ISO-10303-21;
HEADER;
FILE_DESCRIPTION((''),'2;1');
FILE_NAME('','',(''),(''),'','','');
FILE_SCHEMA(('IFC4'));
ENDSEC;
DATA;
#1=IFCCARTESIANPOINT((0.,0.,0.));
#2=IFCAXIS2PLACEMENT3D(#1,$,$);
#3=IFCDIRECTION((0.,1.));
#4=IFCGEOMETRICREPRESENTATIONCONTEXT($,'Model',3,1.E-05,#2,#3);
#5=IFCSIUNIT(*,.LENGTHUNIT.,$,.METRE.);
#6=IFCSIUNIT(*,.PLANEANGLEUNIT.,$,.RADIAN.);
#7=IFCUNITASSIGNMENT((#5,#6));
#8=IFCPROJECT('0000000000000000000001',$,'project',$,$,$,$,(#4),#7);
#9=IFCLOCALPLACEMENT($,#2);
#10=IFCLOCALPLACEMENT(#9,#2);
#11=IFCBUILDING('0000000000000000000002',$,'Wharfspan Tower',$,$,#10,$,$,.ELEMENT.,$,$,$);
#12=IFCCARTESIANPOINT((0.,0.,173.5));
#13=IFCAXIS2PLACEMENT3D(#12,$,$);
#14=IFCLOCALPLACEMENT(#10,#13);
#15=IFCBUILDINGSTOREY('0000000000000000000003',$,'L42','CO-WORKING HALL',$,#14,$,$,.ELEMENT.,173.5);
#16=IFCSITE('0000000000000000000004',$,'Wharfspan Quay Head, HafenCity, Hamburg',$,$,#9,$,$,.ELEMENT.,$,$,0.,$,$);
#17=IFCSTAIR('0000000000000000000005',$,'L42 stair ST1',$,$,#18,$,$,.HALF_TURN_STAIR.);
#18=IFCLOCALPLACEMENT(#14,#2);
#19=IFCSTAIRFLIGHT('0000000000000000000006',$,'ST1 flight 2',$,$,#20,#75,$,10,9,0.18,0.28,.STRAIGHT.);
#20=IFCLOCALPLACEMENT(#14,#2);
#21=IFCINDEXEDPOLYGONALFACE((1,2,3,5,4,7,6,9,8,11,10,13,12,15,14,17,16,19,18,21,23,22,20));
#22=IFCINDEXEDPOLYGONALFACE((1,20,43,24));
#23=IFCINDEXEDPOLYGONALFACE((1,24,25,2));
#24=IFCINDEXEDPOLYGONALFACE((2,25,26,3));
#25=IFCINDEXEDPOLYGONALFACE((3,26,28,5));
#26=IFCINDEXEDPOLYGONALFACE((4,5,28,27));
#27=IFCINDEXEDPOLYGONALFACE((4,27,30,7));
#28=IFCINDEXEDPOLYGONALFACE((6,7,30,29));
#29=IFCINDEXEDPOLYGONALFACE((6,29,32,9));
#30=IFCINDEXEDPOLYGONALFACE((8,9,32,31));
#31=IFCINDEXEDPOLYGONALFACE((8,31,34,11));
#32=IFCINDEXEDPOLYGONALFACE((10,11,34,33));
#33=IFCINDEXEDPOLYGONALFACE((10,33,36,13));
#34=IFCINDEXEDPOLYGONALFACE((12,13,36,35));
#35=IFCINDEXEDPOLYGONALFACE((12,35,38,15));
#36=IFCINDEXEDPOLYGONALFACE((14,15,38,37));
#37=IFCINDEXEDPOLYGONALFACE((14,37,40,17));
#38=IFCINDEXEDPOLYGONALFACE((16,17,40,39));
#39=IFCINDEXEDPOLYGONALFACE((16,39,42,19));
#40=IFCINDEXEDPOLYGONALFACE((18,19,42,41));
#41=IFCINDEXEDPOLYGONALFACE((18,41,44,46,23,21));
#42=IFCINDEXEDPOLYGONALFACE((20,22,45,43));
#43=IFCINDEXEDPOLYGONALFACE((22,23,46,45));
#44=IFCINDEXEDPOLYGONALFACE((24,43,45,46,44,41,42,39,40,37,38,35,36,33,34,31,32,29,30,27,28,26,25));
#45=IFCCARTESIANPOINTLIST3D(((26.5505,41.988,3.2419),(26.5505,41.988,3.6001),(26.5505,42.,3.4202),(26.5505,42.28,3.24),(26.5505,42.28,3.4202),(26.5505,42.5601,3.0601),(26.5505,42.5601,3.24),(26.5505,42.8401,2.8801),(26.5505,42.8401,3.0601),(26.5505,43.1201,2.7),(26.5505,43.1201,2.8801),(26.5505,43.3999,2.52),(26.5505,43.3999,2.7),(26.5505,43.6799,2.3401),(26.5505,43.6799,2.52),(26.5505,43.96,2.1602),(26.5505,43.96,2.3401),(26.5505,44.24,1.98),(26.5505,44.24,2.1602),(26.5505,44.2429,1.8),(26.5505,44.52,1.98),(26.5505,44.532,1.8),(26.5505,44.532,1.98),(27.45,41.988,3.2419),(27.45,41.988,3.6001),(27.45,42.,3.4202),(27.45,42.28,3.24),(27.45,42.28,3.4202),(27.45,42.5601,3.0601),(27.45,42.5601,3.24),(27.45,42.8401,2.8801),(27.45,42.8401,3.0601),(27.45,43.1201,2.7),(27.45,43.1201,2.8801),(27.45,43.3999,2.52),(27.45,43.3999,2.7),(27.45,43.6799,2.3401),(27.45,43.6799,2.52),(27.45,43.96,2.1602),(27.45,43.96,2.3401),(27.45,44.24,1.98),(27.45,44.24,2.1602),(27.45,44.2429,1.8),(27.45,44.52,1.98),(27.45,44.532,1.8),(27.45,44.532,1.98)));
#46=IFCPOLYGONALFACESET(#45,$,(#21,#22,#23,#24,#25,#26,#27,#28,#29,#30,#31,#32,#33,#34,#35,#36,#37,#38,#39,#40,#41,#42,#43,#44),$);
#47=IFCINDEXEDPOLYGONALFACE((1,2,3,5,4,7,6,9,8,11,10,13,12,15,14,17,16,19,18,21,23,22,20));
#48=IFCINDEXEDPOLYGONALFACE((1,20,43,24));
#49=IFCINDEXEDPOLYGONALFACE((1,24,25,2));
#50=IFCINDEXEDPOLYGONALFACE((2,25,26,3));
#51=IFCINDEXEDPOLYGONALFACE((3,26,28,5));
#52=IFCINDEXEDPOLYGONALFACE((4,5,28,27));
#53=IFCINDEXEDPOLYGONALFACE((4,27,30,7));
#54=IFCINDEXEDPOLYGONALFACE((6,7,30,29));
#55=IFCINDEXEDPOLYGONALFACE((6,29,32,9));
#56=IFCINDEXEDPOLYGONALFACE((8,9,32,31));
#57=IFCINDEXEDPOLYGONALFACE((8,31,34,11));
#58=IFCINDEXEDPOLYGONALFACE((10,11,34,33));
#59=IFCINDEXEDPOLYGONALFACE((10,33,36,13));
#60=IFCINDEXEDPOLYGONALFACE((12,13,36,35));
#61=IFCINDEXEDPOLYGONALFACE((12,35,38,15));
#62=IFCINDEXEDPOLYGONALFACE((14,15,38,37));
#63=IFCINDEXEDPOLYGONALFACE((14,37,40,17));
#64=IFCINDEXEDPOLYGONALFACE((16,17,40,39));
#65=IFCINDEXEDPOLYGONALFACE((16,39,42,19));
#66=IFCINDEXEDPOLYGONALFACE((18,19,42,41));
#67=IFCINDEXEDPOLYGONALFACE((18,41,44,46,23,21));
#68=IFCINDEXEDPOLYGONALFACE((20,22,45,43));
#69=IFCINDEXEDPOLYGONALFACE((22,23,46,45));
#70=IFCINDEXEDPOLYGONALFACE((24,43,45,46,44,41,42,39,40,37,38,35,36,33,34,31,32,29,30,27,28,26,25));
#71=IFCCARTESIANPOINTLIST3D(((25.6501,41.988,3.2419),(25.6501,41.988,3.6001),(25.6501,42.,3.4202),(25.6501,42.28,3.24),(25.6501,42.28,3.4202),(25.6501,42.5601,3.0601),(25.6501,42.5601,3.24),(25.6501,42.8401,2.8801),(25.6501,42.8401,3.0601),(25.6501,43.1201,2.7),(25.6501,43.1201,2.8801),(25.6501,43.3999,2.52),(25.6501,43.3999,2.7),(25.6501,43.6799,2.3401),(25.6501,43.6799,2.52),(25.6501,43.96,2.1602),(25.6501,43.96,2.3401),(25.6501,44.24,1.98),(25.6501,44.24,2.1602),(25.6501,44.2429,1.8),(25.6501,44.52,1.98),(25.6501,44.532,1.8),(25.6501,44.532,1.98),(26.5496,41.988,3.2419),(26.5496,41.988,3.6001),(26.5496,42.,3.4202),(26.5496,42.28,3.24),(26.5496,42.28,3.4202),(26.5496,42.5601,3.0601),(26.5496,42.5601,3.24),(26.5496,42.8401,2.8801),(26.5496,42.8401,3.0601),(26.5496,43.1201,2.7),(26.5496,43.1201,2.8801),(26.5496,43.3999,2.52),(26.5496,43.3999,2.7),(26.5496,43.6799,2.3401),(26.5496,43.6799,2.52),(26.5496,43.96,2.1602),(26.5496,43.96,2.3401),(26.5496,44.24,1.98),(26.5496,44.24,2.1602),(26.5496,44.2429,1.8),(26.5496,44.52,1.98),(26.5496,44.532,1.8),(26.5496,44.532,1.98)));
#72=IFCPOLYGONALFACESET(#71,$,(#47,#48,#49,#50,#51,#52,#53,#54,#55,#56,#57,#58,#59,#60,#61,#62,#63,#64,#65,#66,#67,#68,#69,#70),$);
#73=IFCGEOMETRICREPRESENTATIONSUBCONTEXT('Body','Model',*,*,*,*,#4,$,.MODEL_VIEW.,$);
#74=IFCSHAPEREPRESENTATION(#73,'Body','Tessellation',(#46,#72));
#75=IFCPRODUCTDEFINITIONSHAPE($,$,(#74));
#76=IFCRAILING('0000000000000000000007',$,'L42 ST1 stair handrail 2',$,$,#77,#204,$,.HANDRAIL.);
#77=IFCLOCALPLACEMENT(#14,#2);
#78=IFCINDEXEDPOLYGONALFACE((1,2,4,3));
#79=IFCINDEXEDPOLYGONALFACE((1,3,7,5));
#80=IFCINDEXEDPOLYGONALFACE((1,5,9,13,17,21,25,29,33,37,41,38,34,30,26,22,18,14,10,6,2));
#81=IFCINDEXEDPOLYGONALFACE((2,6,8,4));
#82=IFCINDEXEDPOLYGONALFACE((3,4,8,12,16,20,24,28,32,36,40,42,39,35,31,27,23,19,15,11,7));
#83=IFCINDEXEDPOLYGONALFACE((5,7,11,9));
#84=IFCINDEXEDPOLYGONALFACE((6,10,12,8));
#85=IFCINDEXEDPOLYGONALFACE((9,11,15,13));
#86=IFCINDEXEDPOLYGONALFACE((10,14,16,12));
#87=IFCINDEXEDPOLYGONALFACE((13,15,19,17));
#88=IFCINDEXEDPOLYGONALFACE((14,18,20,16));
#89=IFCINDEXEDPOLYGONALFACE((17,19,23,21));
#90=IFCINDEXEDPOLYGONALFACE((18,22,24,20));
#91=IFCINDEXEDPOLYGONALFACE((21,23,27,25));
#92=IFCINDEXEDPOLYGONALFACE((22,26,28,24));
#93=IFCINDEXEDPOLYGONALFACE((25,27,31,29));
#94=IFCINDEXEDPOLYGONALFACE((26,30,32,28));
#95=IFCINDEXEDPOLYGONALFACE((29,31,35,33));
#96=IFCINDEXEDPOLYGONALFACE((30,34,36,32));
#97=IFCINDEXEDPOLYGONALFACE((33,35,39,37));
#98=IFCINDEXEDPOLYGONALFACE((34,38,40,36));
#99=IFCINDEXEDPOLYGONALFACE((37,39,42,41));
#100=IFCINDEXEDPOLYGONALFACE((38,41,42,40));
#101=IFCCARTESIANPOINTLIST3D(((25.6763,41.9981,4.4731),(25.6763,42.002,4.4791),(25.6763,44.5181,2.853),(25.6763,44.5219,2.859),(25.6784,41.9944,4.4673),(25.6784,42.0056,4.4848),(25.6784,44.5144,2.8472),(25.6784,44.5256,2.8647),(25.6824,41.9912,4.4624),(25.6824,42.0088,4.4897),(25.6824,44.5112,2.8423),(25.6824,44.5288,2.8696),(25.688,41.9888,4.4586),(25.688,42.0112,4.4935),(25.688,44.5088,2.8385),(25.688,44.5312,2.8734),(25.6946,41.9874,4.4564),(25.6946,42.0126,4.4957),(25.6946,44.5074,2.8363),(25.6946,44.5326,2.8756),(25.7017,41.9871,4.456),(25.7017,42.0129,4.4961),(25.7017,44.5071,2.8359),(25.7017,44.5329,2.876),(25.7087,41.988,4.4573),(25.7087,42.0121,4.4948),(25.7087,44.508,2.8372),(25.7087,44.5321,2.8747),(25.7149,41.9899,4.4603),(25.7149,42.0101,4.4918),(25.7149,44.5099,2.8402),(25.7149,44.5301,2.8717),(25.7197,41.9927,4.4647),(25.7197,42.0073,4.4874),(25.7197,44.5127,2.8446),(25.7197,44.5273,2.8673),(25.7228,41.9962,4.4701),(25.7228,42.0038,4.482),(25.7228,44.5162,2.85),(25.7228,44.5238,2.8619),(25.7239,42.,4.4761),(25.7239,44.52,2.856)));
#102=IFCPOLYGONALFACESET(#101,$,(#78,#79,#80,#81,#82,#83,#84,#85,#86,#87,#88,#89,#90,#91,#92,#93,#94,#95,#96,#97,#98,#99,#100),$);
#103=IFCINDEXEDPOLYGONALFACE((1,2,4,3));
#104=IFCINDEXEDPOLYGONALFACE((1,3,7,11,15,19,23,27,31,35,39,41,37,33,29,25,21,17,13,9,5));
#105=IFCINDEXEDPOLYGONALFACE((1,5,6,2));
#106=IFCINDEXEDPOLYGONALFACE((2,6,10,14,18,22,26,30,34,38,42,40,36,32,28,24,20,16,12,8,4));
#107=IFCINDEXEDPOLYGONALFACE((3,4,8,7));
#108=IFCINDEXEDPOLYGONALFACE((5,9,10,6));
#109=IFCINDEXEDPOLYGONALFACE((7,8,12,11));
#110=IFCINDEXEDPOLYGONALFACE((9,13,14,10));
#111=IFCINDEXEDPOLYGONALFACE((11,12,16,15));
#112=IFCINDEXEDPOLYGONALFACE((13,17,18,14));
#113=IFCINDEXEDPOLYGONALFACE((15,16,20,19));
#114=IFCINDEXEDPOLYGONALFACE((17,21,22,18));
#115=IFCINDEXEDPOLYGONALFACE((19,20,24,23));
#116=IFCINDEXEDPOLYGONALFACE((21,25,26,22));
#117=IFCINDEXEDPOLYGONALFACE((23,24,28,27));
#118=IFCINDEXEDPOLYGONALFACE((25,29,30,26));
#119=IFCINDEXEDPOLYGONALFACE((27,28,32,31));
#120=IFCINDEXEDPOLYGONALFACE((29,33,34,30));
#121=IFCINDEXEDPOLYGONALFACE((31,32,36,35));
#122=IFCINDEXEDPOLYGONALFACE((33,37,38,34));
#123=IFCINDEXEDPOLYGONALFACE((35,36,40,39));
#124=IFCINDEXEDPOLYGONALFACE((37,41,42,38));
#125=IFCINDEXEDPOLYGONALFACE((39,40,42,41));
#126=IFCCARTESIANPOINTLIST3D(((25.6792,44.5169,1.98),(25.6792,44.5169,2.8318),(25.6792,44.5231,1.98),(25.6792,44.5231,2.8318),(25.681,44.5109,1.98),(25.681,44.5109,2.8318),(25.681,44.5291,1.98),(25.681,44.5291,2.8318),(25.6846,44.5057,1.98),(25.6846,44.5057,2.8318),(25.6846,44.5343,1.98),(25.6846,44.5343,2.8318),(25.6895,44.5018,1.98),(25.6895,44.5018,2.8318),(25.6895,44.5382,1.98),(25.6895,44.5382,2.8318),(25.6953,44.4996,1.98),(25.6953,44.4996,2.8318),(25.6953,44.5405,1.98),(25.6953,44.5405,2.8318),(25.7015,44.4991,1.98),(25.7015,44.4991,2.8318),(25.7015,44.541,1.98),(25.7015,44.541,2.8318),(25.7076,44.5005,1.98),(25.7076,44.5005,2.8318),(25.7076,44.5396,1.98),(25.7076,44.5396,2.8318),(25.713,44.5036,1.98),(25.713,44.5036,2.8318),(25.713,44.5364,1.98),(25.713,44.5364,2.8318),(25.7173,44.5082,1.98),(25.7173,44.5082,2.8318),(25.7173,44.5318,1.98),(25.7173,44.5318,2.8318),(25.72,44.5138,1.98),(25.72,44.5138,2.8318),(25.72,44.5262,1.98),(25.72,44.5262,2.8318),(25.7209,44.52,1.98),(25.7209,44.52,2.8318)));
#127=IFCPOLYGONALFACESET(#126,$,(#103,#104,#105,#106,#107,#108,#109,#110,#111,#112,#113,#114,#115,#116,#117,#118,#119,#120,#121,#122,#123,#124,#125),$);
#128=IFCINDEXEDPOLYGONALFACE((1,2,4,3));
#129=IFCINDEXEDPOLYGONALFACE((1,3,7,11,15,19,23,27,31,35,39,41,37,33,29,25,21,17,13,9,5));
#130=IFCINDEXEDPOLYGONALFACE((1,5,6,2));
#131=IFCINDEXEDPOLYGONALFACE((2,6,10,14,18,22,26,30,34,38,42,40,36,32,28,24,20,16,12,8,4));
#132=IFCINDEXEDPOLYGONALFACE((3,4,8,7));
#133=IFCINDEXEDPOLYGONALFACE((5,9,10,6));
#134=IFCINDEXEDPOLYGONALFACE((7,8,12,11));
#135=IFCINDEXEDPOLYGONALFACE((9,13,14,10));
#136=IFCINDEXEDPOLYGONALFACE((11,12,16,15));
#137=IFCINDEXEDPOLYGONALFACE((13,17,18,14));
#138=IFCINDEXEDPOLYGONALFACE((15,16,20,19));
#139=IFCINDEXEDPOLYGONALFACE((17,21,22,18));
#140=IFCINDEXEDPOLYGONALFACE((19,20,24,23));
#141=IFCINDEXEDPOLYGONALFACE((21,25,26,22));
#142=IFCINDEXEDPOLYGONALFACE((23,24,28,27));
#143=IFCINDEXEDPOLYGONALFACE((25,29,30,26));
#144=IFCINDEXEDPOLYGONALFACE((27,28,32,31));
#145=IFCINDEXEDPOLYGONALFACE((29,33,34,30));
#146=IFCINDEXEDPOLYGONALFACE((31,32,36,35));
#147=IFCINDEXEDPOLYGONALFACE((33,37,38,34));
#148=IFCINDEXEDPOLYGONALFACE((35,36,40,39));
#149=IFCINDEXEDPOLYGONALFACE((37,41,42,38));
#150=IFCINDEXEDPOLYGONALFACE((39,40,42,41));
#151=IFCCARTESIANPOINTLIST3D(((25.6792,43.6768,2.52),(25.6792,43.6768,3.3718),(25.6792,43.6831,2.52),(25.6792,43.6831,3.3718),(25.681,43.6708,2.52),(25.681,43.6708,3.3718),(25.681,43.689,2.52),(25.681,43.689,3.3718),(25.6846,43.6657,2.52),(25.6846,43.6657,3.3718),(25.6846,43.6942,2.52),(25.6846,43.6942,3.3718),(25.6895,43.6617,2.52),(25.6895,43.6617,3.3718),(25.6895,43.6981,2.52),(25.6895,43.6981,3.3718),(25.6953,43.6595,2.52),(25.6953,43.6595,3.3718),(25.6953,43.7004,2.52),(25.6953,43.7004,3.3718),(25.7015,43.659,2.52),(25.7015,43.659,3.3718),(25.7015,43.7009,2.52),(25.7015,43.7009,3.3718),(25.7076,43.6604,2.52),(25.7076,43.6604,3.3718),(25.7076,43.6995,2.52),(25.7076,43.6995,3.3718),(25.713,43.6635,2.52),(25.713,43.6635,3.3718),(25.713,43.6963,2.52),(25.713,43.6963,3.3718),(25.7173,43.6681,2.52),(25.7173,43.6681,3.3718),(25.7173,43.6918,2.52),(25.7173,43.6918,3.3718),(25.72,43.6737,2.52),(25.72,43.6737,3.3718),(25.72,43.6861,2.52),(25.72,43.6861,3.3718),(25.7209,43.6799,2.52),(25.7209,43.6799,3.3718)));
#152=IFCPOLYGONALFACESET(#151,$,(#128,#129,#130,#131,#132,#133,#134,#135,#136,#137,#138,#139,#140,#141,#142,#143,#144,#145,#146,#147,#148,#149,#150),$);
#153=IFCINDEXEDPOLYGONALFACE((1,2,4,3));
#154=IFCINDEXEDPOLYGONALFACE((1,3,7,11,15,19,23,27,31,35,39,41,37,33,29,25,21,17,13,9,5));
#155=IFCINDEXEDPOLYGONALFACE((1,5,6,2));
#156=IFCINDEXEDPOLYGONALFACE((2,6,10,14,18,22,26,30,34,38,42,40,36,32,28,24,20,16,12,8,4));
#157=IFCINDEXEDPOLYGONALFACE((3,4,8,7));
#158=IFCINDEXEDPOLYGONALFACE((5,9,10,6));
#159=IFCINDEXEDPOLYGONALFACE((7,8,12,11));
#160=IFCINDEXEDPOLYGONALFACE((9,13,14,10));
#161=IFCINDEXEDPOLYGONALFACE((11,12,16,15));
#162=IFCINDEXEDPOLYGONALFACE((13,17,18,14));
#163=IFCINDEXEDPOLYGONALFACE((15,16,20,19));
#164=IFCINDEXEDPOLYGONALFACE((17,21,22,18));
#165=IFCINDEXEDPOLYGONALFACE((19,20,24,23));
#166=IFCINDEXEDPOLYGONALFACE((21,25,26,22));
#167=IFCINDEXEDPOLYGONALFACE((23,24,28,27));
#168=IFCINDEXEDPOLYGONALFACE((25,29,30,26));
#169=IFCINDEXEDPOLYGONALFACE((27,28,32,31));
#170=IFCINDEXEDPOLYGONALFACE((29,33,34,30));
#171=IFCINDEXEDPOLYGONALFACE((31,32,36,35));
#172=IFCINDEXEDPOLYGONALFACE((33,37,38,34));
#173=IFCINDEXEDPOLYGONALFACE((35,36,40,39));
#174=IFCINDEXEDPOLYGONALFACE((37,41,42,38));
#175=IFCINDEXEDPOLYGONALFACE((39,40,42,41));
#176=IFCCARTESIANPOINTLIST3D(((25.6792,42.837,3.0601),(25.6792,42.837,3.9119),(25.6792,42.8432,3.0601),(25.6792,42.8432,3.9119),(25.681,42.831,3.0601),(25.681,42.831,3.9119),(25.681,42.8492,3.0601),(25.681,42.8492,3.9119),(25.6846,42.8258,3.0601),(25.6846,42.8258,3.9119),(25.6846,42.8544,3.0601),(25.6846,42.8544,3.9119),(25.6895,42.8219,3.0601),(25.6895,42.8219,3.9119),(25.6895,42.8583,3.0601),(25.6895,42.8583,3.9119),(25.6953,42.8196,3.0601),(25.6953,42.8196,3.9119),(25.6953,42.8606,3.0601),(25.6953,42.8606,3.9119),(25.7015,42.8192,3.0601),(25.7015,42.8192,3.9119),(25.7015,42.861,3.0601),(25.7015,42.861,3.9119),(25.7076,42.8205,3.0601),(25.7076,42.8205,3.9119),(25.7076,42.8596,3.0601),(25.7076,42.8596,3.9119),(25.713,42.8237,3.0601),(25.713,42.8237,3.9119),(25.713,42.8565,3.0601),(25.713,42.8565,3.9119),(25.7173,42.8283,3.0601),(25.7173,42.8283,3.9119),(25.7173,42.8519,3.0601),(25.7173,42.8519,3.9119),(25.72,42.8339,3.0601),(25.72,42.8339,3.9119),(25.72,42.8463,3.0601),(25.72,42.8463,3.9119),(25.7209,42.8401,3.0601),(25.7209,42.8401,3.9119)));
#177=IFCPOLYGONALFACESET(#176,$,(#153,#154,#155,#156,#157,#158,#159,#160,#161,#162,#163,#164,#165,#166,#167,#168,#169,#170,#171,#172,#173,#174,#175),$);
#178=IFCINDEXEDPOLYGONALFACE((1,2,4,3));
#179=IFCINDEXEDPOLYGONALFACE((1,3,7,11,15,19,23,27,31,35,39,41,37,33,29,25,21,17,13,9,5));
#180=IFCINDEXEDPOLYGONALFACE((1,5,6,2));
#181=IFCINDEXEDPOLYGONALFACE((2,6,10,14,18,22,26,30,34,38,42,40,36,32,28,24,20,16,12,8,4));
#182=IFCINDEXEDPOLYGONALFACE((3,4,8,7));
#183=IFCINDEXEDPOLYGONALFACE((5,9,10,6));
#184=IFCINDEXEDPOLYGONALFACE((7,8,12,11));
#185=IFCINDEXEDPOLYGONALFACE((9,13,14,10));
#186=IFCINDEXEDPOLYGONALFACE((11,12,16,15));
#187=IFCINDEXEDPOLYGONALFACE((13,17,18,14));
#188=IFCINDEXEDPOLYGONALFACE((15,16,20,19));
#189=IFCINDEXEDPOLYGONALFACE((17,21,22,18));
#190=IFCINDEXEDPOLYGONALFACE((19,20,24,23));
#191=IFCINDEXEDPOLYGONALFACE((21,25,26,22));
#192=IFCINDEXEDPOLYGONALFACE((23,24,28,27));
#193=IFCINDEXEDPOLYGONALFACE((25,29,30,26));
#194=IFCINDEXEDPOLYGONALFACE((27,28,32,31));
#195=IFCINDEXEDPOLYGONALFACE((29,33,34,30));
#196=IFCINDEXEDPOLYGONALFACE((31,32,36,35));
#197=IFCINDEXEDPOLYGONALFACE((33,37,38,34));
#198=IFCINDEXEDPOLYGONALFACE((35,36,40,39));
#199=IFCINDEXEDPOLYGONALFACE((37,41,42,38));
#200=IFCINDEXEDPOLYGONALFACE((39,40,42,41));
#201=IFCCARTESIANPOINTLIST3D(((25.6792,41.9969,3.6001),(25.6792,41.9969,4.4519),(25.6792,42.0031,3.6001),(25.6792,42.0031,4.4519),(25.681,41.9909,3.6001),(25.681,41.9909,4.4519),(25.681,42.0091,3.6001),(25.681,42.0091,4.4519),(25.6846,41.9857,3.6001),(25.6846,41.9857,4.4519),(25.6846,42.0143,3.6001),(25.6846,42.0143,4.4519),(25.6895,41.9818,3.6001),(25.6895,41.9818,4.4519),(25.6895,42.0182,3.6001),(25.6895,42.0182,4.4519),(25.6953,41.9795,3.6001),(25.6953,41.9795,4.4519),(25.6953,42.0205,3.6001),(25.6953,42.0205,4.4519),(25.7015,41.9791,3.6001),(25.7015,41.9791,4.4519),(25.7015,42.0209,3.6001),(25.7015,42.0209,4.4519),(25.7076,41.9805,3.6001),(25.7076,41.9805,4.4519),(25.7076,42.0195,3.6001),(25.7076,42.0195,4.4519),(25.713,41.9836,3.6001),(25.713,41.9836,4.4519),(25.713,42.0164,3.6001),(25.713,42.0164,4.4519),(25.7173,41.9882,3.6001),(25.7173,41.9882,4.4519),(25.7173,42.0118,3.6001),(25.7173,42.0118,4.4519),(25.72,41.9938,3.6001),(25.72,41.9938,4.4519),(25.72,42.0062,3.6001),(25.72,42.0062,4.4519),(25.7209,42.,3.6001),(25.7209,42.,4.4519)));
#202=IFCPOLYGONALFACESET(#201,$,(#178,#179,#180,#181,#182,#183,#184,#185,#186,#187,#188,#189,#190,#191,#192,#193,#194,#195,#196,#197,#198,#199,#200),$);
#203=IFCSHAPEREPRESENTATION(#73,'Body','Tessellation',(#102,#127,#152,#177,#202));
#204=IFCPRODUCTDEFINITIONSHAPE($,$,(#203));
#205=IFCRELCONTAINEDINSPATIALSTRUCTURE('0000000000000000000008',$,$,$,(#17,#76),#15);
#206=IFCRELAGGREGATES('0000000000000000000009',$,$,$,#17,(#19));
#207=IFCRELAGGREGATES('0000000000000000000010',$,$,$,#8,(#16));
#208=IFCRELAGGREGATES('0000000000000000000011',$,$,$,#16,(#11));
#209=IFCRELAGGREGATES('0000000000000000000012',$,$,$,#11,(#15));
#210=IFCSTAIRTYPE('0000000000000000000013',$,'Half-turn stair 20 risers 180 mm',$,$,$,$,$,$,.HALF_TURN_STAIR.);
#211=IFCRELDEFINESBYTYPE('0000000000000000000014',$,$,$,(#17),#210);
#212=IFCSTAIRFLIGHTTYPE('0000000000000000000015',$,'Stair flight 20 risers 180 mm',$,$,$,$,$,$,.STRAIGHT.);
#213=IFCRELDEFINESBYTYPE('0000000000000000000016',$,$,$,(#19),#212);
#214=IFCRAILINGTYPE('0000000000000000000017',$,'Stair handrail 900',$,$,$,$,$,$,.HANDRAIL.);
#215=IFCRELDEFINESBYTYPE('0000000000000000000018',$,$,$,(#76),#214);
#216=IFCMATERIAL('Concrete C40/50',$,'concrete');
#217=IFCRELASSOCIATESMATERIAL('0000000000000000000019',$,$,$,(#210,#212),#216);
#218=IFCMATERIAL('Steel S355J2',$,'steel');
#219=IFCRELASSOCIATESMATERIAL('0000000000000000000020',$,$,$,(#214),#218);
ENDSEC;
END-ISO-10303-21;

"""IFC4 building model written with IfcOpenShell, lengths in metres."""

from ifc_helpers import new_model, si_unit, direction, frame, origin, origin_2d, place, context, subcontext, project, spatial, polyline, circle, outline, extrude, material, type_object, element, aggregate, save


model = new_model("IFC4")

# Units and contexts
model_context = context("Model", 3, precision=1e-05, world=origin(), true_north=direction((0.0, 1.0)))
body_context = subcontext(model_context, "Body", "Model", "MODEL_VIEW")
ifc_project = project(units=[si_unit("LENGTHUNIT", "METRE"), si_unit("PLANEANGLEUNIT", "RADIAN")], contexts=[model_context])

# Site, building, storey
site_placement = place(None, origin())
site = spatial("IfcSite", under=ifc_project, at=site_placement, Name="Wharfspan Quay Head, HafenCity, Hamburg", CompositionType="ELEMENT", RefElevation=0.0)
building_placement = place(site_placement, origin())
building = spatial("IfcBuilding", under=site, at=building_placement, Name="Wharfspan Tower", CompositionType="ELEMENT")
storey_placement = place(building_placement, frame((0.0, 0.0, 173.5)))
storey = spatial("IfcBuildingStorey", under=building, at=storey_placement, Name="L42", Description="CO-WORKING HALL", CompositionType="ELEMENT", Elevation=173.5)

# Shared definitions
ifc_material_1 = material(Name="Steel S355J2", Category="steel")

# Shared definitions
ifc_material_2 = material(Name="Concrete C40/50", Category="concrete")

# Stair, stair flight
stair_type = type_object("IfcStairType", Name="Half-turn stair 20 risers 180 mm", PredefinedType="HALF_TURN_STAIR", material=ifc_material_2)
stair_placement = place(storey_placement, origin())
stair = element("IfcStair", 1, at=stair_placement, inside=storey, type_object=stair_type, Name="L42 stair ST1", PredefinedType="HALF_TURN_STAIR")
stair_flight_type = type_object("IfcStairFlightType", Name="Stair flight 20 risers 180 mm", PredefinedType="STRAIGHT", material=ifc_material_2)
stair_flight_placement = place(storey_placement, frame((26.55, 44.52, 1.8), z_axis=(0.0, 0.0, 1.0), x_axis=(0.0, -1.0, 0.0)))
stair_flight = element("IfcStairFlight", 2, at=stair_flight_placement, type_object=stair_flight_type, Name="ST1 flight 2", NumberOfRisers=10, NumberOfTreads=9, PredefinedType="STRAIGHT", RiserHeight=0.18, TreadLength=0.28, context=body_context, shape_type="SweptSolid", body=[
    extrude(outline(polyline([(-0.012, 0.0), (-0.012, 0.1799), (0.0, 0.1799), (0.28, 0.1799), (0.28, 0.3601), (0.5601, 0.3601), (0.5601, 0.54), (0.8401, 0.54), (0.8401, 0.72), (1.1201, 0.72), (1.1201, 0.8999), (1.3999, 0.8999), (1.3999, 1.0801), (1.6799, 1.0801), (1.6799, 1.26), (1.96, 1.26), (1.96, 1.4399), (2.24, 1.4399), (2.24, 1.6201), (2.52, 1.6201), (2.532, 1.8), (2.532, 1.4419), (0.2771, 0.0), (-0.012, 0.0)])), frame((0.0, 0.8999, 0.0), z_axis=(0.0, -1.0, 0.0), x_axis=(1.0, 0.0, 0.0)), (0.0, 0.0, 1.0), 0.8994),
    extrude(outline(polyline([(-0.012, 0.0), (-0.012, 0.1799), (0.0, 0.1799), (0.28, 0.1799), (0.28, 0.3601), (0.5601, 0.3601), (0.5601, 0.54), (0.8401, 0.54), (0.8401, 0.72), (1.1201, 0.72), (1.1201, 0.8999), (1.3999, 0.8999), (1.3999, 1.0801), (1.6799, 1.0801), (1.6799, 1.26), (1.96, 1.26), (1.96, 1.4399), (2.24, 1.4399), (2.24, 1.6201), (2.52, 1.6201), (2.532, 1.8), (2.532, 1.4419), (0.2771, 0.0), (-0.012, 0.0)])), frame((0.0, -0.0005, 0.0), z_axis=(0.0, -1.0, 0.0), x_axis=(1.0, 0.0, 0.0)), (0.0, 0.0, 1.0), 0.8994),
])
aggregate(stair, [stair_flight])

# Railing
railing_type = type_object("IfcRailingType", Name="Stair handrail 900", PredefinedType="HANDRAIL", material=ifc_material_1)
railing_placement = place(storey_placement, frame((25.7, 44.52, 1.98)))
element("IfcRailing", 3, at=railing_placement, inside=storey, type_object=railing_type, Name="L42 ST1 stair handrail 2", PredefinedType="HANDRAIL", context=body_context, shape_type="SweptSolid", body=[
    extrude(circle(Radius=0.0239, at=origin_2d()), frame((0.0, 0.0, 0.876), z_axis=(0.0, -0.841163, 0.540782), x_axis=(1.0, 0.0, 0.0)), (0.0, 0.0, 1.0), 2.9958),
    extrude(circle(Radius=0.021, at=origin_2d()), origin(), (0.0, 0.0, 1.0), 0.8518),
    extrude(circle(Radius=0.021, at=origin_2d()), frame((0.0, -0.8401, 0.54)), (0.0, 0.0, 1.0), 0.8518),
    extrude(circle(Radius=0.021, at=origin_2d()), frame((0.0, -1.6799, 1.0801)), (0.0, 0.0, 1.0), 0.8518),
    extrude(circle(Radius=0.021, at=origin_2d()), frame((0.0, -2.52, 1.6201)), (0.0, 0.0, 1.0), 0.8518),
])

save(model, "model.ifc")
